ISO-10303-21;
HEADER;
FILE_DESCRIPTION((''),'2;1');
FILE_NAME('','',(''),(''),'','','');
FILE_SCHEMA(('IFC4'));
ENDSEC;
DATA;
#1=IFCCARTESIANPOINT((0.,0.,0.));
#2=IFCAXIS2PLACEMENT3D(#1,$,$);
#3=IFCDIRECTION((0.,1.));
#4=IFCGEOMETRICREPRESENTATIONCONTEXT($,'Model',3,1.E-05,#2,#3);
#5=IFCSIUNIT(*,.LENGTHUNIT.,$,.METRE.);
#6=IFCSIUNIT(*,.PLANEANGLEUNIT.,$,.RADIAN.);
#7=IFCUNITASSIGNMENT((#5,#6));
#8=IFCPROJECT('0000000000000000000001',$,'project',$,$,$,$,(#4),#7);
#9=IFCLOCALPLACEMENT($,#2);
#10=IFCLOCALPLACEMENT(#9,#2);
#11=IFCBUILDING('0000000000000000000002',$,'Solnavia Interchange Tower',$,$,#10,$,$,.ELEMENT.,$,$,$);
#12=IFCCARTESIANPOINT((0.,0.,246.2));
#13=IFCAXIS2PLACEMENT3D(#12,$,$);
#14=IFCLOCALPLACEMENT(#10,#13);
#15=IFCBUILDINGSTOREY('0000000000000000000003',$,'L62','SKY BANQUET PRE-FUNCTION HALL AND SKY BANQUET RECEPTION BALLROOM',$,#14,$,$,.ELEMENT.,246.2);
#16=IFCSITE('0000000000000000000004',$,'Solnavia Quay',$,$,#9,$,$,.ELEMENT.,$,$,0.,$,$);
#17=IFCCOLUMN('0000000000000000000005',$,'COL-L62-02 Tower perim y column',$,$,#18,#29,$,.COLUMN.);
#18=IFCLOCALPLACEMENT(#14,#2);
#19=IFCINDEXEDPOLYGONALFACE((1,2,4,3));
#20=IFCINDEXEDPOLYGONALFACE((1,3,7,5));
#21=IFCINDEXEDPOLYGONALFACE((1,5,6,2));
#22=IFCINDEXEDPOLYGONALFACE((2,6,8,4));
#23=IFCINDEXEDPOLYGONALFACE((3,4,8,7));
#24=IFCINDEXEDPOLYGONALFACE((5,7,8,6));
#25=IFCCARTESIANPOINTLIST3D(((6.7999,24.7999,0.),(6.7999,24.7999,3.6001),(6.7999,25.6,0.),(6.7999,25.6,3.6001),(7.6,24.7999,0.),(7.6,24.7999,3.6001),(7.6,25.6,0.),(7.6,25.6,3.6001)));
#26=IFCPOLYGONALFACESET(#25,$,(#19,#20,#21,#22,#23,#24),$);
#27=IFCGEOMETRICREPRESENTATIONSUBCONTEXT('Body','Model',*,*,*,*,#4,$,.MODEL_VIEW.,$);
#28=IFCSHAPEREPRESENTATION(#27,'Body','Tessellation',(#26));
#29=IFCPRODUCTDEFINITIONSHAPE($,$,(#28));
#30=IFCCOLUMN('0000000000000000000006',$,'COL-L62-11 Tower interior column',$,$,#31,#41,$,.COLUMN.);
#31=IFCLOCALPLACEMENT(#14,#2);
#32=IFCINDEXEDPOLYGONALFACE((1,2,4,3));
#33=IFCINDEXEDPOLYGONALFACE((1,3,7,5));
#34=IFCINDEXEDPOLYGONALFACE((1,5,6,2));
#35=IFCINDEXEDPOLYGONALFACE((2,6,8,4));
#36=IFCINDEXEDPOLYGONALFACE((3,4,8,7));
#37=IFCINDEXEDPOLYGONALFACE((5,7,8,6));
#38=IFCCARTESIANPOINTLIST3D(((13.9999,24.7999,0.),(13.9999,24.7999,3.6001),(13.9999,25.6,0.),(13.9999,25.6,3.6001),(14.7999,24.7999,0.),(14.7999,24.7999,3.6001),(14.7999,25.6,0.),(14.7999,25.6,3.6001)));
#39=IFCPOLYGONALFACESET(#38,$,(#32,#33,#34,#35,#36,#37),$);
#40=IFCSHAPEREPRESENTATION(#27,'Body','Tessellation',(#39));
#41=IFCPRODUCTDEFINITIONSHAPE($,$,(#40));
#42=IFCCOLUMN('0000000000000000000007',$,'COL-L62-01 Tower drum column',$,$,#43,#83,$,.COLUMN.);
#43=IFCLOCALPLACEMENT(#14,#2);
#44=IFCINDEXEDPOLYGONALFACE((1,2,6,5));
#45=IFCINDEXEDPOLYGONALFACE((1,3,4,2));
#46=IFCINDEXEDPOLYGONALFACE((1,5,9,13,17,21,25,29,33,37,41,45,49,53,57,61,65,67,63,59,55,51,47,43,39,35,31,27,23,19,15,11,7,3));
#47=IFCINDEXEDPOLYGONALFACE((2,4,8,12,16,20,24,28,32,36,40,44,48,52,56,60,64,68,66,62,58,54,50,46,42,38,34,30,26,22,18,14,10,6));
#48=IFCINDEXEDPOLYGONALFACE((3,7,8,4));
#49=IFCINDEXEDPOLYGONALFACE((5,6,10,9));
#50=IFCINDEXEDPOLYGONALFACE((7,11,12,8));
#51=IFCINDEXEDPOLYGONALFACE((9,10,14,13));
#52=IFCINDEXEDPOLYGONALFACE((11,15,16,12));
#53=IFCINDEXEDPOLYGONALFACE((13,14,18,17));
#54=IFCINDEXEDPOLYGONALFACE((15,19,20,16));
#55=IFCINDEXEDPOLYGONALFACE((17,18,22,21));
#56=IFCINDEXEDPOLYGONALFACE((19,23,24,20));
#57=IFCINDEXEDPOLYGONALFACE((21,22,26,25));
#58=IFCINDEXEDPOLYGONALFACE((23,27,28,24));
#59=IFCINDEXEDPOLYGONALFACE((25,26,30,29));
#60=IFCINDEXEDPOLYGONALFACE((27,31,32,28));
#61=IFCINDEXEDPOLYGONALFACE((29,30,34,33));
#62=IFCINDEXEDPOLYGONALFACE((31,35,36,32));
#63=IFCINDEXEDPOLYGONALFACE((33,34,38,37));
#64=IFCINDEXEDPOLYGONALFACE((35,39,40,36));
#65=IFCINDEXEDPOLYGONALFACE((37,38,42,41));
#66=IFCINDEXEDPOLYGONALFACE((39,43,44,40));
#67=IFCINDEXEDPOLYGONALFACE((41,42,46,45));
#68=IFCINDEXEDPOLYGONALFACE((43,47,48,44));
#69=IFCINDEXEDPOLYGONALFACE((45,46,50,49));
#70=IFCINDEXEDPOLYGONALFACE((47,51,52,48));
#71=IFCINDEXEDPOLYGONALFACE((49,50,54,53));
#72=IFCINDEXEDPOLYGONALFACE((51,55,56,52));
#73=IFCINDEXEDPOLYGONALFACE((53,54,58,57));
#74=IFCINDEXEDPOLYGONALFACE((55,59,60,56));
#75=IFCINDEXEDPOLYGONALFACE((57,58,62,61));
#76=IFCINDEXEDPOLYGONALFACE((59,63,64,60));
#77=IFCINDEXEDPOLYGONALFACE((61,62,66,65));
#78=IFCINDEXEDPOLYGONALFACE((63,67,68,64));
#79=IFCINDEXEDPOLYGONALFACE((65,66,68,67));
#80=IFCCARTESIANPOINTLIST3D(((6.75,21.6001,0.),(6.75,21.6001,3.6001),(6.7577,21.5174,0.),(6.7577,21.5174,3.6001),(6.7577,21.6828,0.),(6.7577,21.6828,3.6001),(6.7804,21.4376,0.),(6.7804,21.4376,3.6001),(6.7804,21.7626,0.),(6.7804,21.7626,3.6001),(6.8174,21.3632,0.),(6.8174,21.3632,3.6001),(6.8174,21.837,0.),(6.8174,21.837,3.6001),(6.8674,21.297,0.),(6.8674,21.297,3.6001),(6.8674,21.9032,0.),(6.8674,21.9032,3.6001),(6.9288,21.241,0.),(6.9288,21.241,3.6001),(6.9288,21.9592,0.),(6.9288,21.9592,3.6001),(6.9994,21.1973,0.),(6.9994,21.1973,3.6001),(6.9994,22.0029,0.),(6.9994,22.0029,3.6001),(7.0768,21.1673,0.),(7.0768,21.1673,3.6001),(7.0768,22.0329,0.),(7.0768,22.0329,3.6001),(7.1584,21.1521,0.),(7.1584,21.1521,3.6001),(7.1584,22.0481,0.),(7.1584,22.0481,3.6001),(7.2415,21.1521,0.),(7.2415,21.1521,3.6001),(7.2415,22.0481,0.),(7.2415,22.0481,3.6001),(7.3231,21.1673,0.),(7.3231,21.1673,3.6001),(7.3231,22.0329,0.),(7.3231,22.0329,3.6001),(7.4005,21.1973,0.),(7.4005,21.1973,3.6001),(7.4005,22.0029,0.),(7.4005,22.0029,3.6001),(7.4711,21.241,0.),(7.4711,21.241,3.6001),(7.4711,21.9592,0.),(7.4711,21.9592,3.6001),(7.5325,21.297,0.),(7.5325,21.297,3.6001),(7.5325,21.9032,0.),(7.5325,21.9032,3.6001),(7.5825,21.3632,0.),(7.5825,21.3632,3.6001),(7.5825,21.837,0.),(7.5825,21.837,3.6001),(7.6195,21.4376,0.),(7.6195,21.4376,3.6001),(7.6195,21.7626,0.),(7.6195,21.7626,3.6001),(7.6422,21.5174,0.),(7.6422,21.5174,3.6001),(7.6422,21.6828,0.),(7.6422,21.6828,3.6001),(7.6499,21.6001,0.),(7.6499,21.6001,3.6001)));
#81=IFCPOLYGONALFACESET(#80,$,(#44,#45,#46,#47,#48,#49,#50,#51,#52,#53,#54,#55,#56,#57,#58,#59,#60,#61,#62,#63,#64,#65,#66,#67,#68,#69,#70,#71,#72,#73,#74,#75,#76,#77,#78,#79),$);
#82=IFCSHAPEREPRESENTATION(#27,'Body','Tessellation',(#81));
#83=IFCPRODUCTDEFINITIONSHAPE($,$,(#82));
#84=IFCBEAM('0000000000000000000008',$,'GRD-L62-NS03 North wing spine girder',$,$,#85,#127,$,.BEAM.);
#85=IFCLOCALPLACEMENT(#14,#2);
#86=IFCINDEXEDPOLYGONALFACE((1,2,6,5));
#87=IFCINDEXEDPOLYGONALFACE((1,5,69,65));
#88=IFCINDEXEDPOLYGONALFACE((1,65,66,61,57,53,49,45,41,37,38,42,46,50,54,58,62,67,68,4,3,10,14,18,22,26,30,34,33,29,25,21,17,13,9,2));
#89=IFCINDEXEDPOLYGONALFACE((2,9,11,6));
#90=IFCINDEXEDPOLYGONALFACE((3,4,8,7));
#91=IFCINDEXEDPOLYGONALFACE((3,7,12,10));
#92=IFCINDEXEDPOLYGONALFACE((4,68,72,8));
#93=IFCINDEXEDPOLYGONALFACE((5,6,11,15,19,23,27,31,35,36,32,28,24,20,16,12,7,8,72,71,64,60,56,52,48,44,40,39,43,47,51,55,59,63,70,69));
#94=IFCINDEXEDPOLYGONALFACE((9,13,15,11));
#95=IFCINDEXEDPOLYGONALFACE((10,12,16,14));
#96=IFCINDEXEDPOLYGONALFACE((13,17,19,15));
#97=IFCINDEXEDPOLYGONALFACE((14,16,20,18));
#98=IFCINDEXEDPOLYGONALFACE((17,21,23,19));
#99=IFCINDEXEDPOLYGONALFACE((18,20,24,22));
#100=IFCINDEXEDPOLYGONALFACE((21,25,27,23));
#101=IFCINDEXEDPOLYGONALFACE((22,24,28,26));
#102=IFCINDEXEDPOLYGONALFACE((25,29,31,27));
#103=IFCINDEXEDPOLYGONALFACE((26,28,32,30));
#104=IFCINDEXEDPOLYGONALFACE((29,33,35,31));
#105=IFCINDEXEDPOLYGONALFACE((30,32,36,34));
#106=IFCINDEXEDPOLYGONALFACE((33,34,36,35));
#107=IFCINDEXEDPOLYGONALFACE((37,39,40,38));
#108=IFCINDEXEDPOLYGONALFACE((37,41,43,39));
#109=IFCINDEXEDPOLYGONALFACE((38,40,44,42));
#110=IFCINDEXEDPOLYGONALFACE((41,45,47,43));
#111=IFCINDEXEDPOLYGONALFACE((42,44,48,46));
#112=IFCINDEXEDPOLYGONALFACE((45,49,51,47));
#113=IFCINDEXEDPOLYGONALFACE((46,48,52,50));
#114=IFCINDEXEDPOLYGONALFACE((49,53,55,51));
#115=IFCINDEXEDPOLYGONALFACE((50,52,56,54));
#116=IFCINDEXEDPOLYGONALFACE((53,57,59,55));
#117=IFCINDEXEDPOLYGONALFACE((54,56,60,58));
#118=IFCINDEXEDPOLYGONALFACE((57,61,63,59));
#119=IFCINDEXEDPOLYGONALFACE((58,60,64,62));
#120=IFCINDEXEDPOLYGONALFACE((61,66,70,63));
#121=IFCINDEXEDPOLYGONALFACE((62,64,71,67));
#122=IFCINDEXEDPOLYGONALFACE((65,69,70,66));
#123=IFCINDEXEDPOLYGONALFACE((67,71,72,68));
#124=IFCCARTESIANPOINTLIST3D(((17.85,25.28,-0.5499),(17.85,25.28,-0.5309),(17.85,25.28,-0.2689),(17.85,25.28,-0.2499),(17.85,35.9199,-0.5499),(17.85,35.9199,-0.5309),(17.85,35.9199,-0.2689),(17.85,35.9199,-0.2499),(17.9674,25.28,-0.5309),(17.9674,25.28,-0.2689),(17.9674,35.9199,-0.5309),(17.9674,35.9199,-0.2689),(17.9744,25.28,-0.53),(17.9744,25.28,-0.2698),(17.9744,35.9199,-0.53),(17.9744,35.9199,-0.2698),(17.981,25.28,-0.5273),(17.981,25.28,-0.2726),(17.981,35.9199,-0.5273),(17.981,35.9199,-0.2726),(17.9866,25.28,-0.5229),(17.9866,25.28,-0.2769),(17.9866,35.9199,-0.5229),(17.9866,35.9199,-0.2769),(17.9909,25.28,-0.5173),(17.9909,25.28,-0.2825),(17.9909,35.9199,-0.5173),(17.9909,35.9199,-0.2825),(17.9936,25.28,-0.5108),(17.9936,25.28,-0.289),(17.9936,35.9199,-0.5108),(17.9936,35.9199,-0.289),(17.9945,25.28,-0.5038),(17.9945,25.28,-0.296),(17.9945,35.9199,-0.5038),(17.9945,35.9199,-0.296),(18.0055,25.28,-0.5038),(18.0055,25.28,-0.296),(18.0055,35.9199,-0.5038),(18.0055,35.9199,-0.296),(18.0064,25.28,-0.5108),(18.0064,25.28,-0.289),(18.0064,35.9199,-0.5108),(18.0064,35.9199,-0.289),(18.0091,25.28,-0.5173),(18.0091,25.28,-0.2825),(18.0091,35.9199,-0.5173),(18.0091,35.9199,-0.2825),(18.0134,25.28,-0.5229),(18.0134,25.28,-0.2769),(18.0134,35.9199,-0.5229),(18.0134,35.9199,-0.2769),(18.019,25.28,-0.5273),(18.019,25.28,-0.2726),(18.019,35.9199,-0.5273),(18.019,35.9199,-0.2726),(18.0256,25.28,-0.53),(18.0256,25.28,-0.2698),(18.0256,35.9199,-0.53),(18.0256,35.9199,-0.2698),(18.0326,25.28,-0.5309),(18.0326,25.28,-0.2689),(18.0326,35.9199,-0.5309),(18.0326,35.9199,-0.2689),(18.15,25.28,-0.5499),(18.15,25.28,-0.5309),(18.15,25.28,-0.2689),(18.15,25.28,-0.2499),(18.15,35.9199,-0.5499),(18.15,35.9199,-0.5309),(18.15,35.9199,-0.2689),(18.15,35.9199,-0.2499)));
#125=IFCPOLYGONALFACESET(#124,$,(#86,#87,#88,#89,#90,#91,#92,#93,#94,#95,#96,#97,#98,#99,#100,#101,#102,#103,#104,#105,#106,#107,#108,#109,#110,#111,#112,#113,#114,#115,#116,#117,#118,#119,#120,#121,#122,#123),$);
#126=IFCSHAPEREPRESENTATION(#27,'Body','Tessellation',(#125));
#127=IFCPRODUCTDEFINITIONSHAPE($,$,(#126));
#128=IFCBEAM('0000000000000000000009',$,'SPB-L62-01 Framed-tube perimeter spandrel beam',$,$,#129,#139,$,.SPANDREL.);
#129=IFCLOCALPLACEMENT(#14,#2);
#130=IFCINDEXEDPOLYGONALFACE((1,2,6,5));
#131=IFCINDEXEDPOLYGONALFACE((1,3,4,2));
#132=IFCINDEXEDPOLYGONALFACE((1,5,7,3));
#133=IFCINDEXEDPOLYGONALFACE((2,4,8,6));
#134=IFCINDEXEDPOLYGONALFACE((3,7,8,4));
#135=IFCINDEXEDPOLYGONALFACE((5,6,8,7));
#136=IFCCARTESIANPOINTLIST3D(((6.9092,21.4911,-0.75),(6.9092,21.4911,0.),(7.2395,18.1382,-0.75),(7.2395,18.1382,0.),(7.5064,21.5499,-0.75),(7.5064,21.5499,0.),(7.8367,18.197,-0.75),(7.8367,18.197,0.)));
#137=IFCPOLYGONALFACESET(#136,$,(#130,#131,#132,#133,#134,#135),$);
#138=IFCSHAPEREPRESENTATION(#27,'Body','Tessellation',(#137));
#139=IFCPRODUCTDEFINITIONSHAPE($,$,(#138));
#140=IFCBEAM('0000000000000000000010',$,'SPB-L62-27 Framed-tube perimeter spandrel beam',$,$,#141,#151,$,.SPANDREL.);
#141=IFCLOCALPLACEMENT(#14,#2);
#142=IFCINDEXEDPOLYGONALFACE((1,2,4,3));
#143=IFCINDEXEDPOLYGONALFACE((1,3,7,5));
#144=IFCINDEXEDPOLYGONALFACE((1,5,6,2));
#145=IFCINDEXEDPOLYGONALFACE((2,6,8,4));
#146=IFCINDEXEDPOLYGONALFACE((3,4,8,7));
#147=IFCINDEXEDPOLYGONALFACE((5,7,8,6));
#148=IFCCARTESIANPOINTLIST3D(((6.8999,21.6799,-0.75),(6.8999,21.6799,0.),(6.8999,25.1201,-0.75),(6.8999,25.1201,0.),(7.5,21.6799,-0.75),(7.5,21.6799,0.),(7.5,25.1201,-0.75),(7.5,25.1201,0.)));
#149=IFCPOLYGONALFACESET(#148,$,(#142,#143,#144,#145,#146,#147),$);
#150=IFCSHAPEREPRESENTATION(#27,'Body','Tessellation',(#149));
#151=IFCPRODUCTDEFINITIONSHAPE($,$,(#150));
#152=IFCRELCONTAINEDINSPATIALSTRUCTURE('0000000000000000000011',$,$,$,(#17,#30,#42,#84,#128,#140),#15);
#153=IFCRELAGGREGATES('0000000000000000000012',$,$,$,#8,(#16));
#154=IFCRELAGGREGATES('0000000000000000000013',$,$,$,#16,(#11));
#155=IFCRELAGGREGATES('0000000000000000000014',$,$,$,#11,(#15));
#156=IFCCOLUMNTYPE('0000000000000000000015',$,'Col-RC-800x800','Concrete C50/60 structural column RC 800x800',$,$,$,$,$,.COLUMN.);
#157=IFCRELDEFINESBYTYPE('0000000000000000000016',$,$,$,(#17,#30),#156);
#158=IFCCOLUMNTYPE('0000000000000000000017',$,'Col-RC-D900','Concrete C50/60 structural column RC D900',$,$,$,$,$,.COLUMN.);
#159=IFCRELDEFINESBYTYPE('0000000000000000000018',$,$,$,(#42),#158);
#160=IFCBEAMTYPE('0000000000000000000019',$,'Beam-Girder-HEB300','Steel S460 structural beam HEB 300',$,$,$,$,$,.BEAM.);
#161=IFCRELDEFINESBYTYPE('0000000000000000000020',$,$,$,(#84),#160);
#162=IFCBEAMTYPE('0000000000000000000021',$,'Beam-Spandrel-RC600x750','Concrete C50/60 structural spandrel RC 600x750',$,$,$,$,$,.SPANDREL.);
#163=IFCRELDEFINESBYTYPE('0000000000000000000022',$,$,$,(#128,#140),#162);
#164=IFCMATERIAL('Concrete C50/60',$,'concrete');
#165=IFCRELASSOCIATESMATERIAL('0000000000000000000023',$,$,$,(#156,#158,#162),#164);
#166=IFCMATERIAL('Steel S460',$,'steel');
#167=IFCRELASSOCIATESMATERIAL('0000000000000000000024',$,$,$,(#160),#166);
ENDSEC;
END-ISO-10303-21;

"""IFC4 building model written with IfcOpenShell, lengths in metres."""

from ifc_helpers import new_model, si_unit, direction, frame, origin, origin_2d, place, context, subcontext, project, spatial, rectangle, circle, i_section, extrude, material, material_profile, profile_set, type_object, element, save


model = new_model("IFC4")

# Units and contexts
model_context = context("Model", 3, precision=1e-05, world=origin(), true_north=direction((0.0, 1.0)))
body_context = subcontext(model_context, "Body", "Model", "MODEL_VIEW")
ifc_project = project(units=[si_unit("LENGTHUNIT", "METRE"), si_unit("PLANEANGLEUNIT", "RADIAN")], contexts=[model_context])

# Site, building, storey
site_placement = place(None, origin())
site = spatial("IfcSite", under=ifc_project, at=site_placement, Name="Solnavia Quay", CompositionType="ELEMENT", RefElevation=0.0)
building_placement = place(site_placement, origin())
building = spatial("IfcBuilding", under=site, at=building_placement, Name="Solnavia Interchange Tower", CompositionType="ELEMENT")
storey_placement = place(building_placement, frame((0.0, 0.0, 246.2)))
storey = spatial("IfcBuildingStorey", under=building, at=storey_placement, Name="L62", Description="SKY BANQUET PRE-FUNCTION HALL AND SKY BANQUET RECEPTION BALLROOM", CompositionType="ELEMENT", Elevation=246.2)

# Columns
ifc_material_1 = material(Name="Concrete C50/60", Category="concrete")
ifc_material_profile_1 = material_profile(ifc_material_1, rectangle(XDim=0.8, YDim=0.8, at=origin_2d()), Name="RC 800x800")
ifc_profile_set_1 = profile_set([ifc_material_profile_1], Name="Concrete C50/60")
column_type_1 = type_object("IfcColumnType", Name="Col-RC-800x800", Description="Concrete C50/60 structural column RC 800x800", PredefinedType="COLUMN", material=ifc_profile_set_1)
for number, where, z_axis, x_axis, name in (
    (1, (7.2, 25.2, 0.0), (0.0, 0.0, 1.0), (0.0, 1.0, 0.0), "COL-L62-02 Tower perim y column"),
    (2, (14.3999, 25.2, 0.0), (0.0, 0.0, 1.0), (1.0, 0.0, 0.0), "COL-L62-11 Tower interior column"),
):
    element("IfcColumn", number, at=place(storey_placement, frame(where, z_axis=z_axis, x_axis=x_axis)), inside=storey, type_object=column_type_1, Name=name, PredefinedType="COLUMN", context=body_context, shape_type="SweptSolid", body=[
        extrude(rectangle(XDim=0.8, YDim=0.8, at=origin_2d()), origin(), (0.0, 0.0, 1.0), 3.6001),
    ])
ifc_material_profile_2 = material_profile(ifc_material_1, circle(Radius=0.45, at=origin_2d()), Name="RC D900")
ifc_profile_set_2 = profile_set([ifc_material_profile_2], Name="Concrete C50/60")
column_type_2 = type_object("IfcColumnType", Name="Col-RC-D900", Description="Concrete C50/60 structural column RC D900", PredefinedType="COLUMN", material=ifc_profile_set_2)
column_placement = place(storey_placement, frame((7.2, 21.6001, 0.0), z_axis=(0.0, 0.0, 1.0), x_axis=(1.0, 0.0, 0.0)))
element("IfcColumn", 3, at=column_placement, inside=storey, type_object=column_type_2, Name="COL-L62-01 Tower drum column", PredefinedType="COLUMN", context=body_context, shape_type="SweptSolid", body=[
    extrude(circle(Radius=0.45, at=origin_2d()), origin(), (0.0, 0.0, 1.0), 3.6001),
])

# Beams
ifc_material_2 = material(Name="Steel S460", Category="steel")
ifc_material_profile_3 = material_profile(ifc_material_2, i_section(OverallWidth=0.3, OverallDepth=0.3, WebThickness=0.011, FlangeThickness=0.019, FilletRadius=0.0271, at=origin_2d()), Name="HEB 300")
ifc_profile_set_3 = profile_set([ifc_material_profile_3], Name="Steel S460")
beam_type_1 = type_object("IfcBeamType", Name="Beam-Girder-HEB300", Description="Steel S460 structural beam HEB 300", PredefinedType="BEAM", material=ifc_profile_set_3)
beam_1_placement = place(storey_placement, frame((18.0, 25.28, -0.3999), z_axis=(0.0, 1.0, 0.0), x_axis=(-1.0, 0.0, 0.0)))
element("IfcBeam", 4, at=beam_1_placement, inside=storey, type_object=beam_type_1, Name="GRD-L62-NS03 North wing spine girder", PredefinedType="BEAM", context=body_context, shape_type="SweptSolid", body=[
    extrude(i_section(OverallWidth=0.3, OverallDepth=0.3, WebThickness=0.011, FlangeThickness=0.019, FilletRadius=0.0271, at=origin_2d()), origin(), (0.0, 0.0, 1.0), 10.6399),
])
ifc_material_profile_4 = material_profile(ifc_material_1, rectangle(XDim=0.6001, YDim=0.75, at=origin_2d()), Name="RC 600x750")
ifc_profile_set_4 = profile_set([ifc_material_profile_4], Name="Concrete C50/60")
beam_type_2 = type_object("IfcBeamType", Name="Beam-Spandrel-RC600x750", Description="Concrete C50/60 structural spandrel RC 600x750", PredefinedType="SPANDREL", material=ifc_profile_set_4)
beam_2_placement = place(storey_placement, frame((7.2078, 21.5205, -0.375), z_axis=(0.09804, -0.995182, 0.0), x_axis=(0.995182, 0.09804, 0.0)))
element("IfcBeam", 5, at=beam_2_placement, inside=storey, type_object=beam_type_2, Name="SPB-L62-01 Framed-tube perimeter spandrel beam", PredefinedType="SPANDREL", context=body_context, shape_type="SweptSolid", body=[
    extrude(rectangle(XDim=0.6001, YDim=0.75, at=origin_2d()), origin(), (0.0, 0.0, 1.0), 3.3691),
])
beam_3_placement = place(storey_placement, frame((7.2, 25.1201, -0.375), z_axis=(0.0, -1.0, 0.0), x_axis=(1.0, 0.0, 0.0)))
element("IfcBeam", 6, at=beam_3_placement, inside=storey, type_object=beam_type_2, Name="SPB-L62-27 Framed-tube perimeter spandrel beam", PredefinedType="SPANDREL", context=body_context, shape_type="SweptSolid", body=[
    extrude(rectangle(XDim=0.6001, YDim=0.75, at=origin_2d()), origin(), (0.0, 0.0, 1.0), 3.4402),
])

save(model, "model.ifc")
